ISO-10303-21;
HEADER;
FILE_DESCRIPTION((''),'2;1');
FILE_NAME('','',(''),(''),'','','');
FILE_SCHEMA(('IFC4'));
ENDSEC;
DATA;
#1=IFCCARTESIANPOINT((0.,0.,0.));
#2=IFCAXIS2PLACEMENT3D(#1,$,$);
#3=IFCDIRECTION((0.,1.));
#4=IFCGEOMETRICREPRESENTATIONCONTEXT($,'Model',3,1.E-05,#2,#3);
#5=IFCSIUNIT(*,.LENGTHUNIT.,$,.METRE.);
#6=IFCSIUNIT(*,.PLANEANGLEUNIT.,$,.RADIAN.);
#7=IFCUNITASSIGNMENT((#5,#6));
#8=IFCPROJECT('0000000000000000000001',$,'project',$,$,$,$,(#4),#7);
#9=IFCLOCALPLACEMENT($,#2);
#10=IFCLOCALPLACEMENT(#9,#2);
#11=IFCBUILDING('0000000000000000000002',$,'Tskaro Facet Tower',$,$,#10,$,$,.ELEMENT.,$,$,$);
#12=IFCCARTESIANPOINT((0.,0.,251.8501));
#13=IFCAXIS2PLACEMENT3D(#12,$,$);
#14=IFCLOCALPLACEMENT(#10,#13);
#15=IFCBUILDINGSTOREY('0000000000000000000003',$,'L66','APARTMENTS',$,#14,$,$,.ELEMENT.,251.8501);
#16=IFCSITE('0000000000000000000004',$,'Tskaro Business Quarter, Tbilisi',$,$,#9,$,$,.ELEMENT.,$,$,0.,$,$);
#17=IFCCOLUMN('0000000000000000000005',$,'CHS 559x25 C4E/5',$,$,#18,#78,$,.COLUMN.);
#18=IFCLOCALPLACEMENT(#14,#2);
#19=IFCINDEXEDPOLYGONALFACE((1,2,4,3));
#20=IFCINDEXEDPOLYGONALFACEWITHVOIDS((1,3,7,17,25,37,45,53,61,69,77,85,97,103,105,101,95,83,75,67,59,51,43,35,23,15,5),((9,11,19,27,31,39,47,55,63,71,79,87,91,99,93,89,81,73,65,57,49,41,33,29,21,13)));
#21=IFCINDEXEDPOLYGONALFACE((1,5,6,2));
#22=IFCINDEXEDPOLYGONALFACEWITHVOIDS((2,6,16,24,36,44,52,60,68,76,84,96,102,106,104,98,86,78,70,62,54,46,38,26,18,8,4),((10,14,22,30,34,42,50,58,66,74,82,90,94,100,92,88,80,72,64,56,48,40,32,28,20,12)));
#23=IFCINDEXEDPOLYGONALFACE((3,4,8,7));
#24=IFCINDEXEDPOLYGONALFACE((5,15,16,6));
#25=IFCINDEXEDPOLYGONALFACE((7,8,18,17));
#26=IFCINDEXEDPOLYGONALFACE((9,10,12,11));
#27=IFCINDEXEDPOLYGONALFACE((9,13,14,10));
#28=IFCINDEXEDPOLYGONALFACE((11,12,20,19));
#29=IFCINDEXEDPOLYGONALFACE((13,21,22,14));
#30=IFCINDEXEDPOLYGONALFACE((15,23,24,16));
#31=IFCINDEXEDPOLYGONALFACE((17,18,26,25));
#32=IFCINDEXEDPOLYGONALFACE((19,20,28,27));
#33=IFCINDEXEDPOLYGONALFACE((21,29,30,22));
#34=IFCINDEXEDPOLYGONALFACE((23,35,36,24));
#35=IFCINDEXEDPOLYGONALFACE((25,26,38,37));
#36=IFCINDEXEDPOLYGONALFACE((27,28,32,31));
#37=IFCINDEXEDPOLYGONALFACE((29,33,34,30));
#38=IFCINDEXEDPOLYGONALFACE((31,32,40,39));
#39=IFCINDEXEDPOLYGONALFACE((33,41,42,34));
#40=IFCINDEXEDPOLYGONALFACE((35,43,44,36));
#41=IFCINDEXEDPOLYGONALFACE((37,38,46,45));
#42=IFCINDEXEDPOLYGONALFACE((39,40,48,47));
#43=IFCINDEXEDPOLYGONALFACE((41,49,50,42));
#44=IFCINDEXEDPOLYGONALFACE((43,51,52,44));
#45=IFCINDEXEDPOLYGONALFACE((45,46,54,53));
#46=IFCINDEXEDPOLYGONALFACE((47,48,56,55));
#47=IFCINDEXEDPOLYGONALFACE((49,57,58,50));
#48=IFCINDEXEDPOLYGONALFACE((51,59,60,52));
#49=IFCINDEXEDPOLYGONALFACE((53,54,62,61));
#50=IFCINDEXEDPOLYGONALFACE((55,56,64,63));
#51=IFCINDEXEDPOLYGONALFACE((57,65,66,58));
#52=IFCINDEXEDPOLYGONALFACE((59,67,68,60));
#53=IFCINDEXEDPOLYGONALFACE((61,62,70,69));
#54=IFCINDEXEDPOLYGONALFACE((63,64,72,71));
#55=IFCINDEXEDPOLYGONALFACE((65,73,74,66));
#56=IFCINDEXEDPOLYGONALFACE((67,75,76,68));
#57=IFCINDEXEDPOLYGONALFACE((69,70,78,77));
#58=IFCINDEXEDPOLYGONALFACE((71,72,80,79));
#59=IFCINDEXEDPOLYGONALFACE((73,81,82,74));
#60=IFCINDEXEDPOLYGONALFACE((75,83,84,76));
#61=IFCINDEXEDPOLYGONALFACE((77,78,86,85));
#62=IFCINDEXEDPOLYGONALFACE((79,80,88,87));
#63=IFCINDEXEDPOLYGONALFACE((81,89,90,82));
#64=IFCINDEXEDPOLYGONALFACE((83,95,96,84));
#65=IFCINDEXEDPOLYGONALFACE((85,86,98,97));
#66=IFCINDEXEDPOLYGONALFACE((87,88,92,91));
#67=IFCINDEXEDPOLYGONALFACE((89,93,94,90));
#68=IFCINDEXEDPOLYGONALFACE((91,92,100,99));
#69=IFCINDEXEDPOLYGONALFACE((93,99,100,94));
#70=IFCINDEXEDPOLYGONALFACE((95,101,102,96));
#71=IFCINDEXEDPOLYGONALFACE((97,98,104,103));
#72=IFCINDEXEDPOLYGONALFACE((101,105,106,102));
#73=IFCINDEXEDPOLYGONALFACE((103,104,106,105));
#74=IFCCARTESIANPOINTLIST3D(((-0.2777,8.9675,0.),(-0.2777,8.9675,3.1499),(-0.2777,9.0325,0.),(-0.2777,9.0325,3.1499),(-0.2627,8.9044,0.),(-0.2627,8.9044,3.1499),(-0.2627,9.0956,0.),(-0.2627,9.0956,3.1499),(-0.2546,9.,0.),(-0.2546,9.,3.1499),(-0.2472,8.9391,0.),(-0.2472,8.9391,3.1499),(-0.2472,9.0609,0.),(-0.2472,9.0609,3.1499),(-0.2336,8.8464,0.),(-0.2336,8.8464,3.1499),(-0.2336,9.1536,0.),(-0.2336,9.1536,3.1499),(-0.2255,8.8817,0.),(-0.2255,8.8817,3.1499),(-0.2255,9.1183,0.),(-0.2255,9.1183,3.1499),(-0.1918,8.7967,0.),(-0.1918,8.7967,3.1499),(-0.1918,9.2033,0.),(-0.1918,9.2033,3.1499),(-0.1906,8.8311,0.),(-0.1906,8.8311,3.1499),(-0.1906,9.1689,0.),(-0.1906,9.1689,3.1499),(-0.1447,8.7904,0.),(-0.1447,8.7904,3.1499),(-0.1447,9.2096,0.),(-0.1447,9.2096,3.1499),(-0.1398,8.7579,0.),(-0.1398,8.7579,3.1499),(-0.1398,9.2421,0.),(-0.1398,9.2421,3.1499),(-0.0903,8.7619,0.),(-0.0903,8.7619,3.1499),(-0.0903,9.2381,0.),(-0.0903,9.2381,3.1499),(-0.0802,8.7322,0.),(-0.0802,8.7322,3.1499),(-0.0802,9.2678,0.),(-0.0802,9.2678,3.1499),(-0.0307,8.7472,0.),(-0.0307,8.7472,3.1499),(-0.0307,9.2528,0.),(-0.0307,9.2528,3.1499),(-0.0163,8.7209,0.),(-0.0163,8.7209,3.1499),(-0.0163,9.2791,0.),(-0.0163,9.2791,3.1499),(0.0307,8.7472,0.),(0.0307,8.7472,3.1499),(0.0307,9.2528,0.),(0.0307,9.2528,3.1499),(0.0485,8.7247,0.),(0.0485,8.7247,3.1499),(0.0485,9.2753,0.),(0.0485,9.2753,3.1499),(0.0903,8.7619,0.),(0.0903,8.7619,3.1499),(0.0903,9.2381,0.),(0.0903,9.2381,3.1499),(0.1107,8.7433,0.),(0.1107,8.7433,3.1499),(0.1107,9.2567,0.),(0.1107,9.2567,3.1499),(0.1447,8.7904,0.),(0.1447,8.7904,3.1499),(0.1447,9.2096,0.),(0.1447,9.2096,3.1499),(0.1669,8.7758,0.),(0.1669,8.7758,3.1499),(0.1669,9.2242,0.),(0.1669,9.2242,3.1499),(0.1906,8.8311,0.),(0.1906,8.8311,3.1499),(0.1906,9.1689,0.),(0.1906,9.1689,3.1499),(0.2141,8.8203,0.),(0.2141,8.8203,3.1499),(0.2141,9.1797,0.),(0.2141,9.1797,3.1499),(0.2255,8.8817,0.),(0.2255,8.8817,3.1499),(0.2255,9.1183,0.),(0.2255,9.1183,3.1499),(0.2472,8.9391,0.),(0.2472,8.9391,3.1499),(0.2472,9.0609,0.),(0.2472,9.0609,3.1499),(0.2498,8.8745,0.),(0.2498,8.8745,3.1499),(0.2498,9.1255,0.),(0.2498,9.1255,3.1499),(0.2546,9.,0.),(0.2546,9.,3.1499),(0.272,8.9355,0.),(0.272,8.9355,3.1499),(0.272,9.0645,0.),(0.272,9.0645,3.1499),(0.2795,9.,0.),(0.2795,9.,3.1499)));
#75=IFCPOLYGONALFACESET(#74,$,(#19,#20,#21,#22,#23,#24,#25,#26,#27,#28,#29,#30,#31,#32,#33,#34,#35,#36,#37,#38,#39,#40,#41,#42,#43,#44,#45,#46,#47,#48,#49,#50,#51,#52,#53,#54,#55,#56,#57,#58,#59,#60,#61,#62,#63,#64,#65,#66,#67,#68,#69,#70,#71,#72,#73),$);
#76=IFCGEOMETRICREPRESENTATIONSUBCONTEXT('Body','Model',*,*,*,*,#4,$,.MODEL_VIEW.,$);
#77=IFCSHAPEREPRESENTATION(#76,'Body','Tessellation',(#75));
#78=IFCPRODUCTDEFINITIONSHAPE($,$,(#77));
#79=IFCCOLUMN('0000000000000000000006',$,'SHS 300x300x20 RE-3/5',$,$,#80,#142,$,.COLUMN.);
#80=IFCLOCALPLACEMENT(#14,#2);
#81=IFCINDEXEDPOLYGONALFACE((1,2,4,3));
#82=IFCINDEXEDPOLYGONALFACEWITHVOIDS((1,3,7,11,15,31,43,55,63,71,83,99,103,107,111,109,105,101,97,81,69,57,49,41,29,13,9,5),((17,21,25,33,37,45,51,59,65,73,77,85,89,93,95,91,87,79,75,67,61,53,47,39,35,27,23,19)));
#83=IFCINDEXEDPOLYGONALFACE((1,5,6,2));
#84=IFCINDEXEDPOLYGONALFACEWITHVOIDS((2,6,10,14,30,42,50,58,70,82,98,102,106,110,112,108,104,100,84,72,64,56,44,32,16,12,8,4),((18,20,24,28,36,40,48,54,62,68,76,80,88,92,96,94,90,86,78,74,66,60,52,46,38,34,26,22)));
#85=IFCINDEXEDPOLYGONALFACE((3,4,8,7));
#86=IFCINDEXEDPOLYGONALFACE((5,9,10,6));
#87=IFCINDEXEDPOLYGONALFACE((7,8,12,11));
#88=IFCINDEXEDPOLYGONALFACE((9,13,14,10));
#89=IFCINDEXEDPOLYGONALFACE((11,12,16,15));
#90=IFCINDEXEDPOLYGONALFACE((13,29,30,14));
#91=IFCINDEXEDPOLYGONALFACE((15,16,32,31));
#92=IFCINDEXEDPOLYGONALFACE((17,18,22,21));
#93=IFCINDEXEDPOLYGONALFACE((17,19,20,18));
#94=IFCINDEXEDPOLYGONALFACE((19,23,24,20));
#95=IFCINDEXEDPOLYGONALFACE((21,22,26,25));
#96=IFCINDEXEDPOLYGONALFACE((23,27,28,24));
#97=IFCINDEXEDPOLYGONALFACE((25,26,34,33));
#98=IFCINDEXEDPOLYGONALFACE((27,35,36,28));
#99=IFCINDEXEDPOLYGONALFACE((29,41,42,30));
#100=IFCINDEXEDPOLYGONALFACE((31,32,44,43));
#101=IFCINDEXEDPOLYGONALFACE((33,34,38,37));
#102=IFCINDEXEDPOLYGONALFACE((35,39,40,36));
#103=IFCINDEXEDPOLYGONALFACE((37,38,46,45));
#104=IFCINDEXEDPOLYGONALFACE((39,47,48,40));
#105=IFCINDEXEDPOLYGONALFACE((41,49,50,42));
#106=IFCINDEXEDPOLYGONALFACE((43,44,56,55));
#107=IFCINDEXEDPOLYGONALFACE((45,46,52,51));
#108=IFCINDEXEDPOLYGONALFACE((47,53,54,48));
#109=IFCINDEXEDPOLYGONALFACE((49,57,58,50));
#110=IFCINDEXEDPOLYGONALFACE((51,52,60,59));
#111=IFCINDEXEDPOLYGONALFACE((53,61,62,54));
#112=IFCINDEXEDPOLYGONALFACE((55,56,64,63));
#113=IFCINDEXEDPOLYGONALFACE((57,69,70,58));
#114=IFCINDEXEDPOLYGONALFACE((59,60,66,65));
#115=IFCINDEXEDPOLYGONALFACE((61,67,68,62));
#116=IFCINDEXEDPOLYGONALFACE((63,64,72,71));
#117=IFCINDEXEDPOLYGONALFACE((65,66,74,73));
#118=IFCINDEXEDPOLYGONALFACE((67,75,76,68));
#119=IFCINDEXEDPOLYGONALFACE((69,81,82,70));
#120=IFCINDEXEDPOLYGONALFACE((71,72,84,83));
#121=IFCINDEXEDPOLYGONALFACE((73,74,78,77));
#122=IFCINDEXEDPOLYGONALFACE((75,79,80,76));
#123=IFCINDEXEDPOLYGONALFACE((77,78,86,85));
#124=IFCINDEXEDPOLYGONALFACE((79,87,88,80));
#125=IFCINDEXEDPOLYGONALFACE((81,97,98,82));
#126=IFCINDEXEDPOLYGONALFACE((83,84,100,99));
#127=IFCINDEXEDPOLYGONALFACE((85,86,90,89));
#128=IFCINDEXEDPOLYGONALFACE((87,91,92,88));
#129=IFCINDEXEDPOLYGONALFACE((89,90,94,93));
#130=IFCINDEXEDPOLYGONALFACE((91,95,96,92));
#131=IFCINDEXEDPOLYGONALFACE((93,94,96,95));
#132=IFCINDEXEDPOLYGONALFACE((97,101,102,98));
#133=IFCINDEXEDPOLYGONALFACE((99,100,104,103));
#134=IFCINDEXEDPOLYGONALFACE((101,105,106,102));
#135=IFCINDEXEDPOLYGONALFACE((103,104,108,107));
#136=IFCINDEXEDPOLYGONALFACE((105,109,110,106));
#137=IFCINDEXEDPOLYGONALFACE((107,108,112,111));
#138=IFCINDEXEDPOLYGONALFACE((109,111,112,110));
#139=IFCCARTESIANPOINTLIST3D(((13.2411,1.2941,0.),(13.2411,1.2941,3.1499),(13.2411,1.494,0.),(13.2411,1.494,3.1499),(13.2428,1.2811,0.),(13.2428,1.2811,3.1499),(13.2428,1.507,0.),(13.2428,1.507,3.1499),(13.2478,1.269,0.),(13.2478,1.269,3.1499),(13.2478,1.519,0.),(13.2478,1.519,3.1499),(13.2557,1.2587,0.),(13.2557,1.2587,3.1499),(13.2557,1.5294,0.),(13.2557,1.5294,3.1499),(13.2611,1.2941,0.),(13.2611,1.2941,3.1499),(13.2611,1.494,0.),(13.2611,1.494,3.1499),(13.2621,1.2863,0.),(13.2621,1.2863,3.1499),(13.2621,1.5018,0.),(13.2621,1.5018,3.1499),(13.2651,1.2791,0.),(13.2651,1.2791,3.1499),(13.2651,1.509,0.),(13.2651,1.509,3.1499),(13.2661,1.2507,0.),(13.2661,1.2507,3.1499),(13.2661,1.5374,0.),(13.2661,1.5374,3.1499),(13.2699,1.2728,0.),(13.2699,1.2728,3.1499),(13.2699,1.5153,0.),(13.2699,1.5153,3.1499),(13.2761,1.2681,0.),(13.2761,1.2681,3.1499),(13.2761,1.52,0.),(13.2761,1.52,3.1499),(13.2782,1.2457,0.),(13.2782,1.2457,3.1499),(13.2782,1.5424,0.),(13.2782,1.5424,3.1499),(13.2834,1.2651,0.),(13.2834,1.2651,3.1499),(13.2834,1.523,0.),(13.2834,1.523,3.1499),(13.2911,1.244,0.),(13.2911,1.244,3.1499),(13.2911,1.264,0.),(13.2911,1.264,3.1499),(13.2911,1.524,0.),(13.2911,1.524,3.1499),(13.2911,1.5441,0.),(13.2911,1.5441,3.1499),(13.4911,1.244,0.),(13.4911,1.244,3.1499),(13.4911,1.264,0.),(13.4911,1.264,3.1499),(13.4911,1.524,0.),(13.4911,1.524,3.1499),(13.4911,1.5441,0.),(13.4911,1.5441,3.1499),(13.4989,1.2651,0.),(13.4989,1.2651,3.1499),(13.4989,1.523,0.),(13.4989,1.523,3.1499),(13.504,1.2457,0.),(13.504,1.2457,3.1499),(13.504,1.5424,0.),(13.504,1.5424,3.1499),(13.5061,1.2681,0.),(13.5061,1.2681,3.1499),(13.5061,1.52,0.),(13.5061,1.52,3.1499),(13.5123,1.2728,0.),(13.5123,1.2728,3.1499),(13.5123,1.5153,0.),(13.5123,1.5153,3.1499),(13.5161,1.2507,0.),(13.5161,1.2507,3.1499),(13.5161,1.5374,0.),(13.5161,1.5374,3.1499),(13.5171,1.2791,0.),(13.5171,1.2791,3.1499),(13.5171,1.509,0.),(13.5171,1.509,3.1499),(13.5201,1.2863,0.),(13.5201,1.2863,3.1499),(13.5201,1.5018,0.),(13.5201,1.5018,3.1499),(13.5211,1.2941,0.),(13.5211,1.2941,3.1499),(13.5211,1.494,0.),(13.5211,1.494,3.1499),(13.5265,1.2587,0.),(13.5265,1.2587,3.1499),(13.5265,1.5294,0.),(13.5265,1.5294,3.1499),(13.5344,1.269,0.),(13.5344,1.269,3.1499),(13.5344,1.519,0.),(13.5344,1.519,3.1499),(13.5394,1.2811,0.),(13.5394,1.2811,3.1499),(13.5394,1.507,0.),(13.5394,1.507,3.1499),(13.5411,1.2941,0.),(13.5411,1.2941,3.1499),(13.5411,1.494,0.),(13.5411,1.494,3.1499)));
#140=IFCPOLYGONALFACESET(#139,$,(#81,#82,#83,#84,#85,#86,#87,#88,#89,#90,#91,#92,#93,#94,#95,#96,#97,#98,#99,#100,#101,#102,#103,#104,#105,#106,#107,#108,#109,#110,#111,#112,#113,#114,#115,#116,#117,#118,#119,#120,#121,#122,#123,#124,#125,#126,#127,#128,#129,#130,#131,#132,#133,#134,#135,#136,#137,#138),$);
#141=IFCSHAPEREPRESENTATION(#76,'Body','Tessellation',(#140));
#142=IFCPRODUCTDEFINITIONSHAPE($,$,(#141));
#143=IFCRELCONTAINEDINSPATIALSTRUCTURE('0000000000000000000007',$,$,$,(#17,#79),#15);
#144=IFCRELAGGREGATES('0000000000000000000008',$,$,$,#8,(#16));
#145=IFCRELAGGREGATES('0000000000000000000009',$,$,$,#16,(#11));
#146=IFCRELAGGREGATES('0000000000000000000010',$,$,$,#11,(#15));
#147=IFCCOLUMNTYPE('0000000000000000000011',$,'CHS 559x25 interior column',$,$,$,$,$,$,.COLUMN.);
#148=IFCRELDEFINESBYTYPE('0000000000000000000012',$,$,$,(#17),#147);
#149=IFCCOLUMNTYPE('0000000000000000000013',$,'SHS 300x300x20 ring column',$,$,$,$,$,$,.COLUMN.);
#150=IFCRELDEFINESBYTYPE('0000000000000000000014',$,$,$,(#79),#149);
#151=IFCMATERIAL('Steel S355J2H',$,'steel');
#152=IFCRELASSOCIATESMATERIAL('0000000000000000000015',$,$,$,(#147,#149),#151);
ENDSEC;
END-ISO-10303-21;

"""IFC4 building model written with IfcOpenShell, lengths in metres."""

from ifc_helpers import new_model, si_unit, direction, frame, origin, origin_2d, place, context, subcontext, project, spatial, hollow_rectangle, hollow_circle, extrude, material, material_profile, profile_set, type_object, element, save


model = new_model("IFC4")

# Units and contexts
model_context = context("Model", 3, precision=1e-05, world=origin(), true_north=direction((0.0, 1.0)))
body_context = subcontext(model_context, "Body", "Model", "MODEL_VIEW")
ifc_project = project(units=[si_unit("LENGTHUNIT", "METRE"), si_unit("PLANEANGLEUNIT", "RADIAN")], contexts=[model_context])

# Site, building, storey
site_placement = place(None, origin())
site = spatial("IfcSite", under=ifc_project, at=site_placement, Name="Tskaro Business Quarter, Tbilisi", CompositionType="ELEMENT", RefElevation=0.0)
building_placement = place(site_placement, origin())
building = spatial("IfcBuilding", under=site, at=building_placement, Name="Tskaro Facet Tower", CompositionType="ELEMENT")
storey_placement = place(building_placement, frame((0.0, 0.0, 251.8501)))
storey = spatial("IfcBuildingStorey", under=building, at=storey_placement, Name="L66", Description="APARTMENTS", CompositionType="ELEMENT", Elevation=251.8501)

# Columns
ifc_material_1 = material(Name="Steel S355J2H", Category="steel")
ifc_material_profile_1 = material_profile(ifc_material_1, hollow_circle(Radius=0.2795, WallThickness=0.0249, at=origin_2d()), Name="CHS 559x25")
ifc_profile_set_1 = profile_set([ifc_material_profile_1], Name="Steel S355J2H")
column_type_1 = type_object("IfcColumnType", Name="CHS 559x25 interior column", PredefinedType="COLUMN", material=ifc_profile_set_1)
column_placement = place(storey_placement, frame((0.0, 9.0, 0.0), z_axis=(0.0, 0.0, 1.0), x_axis=(1.0, 0.0, 0.0)))
element("IfcColumn", 1, at=column_placement, inside=storey, type_object=column_type_1, Name="CHS 559x25 C4E/5", PredefinedType="COLUMN", context=body_context, shape_type="SweptSolid", body=[
    extrude(hollow_circle(Radius=0.2795, WallThickness=0.0249, at=origin_2d()), origin(), (0.0, 0.0, 1.0), 3.1499),
])
ifc_material_profile_2 = material_profile(ifc_material_1, hollow_rectangle(XDim=0.3, YDim=0.3, WallThickness=0.02, InnerFilletRadius=0.03, OuterFilletRadius=0.05, at=origin_2d()), Name="SHS 300x300x20")
ifc_profile_set_2 = profile_set([ifc_material_profile_2], Name="Steel S355J2H")
column_type_2 = type_object("IfcColumnType", Name="SHS 300x300x20 ring column", PredefinedType="COLUMN", material=ifc_profile_set_2)
for number, where, z_axis, x_axis, name in (
    (2, (13.3911, 1.394, 0.0), (0.0, 0.0, 1.0), (1.0, 0.0, 0.0), "SHS 300x300x20 RE-3/5"),
):
    element("IfcColumn", number, at=place(storey_placement, frame(where, z_axis=z_axis, x_axis=x_axis)), inside=storey, type_object=column_type_2, Name=name, PredefinedType="COLUMN", context=body_context, shape_type="SweptSolid", body=[
        extrude(hollow_rectangle(XDim=0.3, YDim=0.3, WallThickness=0.02, InnerFilletRadius=0.03, OuterFilletRadius=0.05, at=origin_2d()), origin(), (0.0, 0.0, 1.0), 3.1499),
    ])

save(model, "model.ifc")
